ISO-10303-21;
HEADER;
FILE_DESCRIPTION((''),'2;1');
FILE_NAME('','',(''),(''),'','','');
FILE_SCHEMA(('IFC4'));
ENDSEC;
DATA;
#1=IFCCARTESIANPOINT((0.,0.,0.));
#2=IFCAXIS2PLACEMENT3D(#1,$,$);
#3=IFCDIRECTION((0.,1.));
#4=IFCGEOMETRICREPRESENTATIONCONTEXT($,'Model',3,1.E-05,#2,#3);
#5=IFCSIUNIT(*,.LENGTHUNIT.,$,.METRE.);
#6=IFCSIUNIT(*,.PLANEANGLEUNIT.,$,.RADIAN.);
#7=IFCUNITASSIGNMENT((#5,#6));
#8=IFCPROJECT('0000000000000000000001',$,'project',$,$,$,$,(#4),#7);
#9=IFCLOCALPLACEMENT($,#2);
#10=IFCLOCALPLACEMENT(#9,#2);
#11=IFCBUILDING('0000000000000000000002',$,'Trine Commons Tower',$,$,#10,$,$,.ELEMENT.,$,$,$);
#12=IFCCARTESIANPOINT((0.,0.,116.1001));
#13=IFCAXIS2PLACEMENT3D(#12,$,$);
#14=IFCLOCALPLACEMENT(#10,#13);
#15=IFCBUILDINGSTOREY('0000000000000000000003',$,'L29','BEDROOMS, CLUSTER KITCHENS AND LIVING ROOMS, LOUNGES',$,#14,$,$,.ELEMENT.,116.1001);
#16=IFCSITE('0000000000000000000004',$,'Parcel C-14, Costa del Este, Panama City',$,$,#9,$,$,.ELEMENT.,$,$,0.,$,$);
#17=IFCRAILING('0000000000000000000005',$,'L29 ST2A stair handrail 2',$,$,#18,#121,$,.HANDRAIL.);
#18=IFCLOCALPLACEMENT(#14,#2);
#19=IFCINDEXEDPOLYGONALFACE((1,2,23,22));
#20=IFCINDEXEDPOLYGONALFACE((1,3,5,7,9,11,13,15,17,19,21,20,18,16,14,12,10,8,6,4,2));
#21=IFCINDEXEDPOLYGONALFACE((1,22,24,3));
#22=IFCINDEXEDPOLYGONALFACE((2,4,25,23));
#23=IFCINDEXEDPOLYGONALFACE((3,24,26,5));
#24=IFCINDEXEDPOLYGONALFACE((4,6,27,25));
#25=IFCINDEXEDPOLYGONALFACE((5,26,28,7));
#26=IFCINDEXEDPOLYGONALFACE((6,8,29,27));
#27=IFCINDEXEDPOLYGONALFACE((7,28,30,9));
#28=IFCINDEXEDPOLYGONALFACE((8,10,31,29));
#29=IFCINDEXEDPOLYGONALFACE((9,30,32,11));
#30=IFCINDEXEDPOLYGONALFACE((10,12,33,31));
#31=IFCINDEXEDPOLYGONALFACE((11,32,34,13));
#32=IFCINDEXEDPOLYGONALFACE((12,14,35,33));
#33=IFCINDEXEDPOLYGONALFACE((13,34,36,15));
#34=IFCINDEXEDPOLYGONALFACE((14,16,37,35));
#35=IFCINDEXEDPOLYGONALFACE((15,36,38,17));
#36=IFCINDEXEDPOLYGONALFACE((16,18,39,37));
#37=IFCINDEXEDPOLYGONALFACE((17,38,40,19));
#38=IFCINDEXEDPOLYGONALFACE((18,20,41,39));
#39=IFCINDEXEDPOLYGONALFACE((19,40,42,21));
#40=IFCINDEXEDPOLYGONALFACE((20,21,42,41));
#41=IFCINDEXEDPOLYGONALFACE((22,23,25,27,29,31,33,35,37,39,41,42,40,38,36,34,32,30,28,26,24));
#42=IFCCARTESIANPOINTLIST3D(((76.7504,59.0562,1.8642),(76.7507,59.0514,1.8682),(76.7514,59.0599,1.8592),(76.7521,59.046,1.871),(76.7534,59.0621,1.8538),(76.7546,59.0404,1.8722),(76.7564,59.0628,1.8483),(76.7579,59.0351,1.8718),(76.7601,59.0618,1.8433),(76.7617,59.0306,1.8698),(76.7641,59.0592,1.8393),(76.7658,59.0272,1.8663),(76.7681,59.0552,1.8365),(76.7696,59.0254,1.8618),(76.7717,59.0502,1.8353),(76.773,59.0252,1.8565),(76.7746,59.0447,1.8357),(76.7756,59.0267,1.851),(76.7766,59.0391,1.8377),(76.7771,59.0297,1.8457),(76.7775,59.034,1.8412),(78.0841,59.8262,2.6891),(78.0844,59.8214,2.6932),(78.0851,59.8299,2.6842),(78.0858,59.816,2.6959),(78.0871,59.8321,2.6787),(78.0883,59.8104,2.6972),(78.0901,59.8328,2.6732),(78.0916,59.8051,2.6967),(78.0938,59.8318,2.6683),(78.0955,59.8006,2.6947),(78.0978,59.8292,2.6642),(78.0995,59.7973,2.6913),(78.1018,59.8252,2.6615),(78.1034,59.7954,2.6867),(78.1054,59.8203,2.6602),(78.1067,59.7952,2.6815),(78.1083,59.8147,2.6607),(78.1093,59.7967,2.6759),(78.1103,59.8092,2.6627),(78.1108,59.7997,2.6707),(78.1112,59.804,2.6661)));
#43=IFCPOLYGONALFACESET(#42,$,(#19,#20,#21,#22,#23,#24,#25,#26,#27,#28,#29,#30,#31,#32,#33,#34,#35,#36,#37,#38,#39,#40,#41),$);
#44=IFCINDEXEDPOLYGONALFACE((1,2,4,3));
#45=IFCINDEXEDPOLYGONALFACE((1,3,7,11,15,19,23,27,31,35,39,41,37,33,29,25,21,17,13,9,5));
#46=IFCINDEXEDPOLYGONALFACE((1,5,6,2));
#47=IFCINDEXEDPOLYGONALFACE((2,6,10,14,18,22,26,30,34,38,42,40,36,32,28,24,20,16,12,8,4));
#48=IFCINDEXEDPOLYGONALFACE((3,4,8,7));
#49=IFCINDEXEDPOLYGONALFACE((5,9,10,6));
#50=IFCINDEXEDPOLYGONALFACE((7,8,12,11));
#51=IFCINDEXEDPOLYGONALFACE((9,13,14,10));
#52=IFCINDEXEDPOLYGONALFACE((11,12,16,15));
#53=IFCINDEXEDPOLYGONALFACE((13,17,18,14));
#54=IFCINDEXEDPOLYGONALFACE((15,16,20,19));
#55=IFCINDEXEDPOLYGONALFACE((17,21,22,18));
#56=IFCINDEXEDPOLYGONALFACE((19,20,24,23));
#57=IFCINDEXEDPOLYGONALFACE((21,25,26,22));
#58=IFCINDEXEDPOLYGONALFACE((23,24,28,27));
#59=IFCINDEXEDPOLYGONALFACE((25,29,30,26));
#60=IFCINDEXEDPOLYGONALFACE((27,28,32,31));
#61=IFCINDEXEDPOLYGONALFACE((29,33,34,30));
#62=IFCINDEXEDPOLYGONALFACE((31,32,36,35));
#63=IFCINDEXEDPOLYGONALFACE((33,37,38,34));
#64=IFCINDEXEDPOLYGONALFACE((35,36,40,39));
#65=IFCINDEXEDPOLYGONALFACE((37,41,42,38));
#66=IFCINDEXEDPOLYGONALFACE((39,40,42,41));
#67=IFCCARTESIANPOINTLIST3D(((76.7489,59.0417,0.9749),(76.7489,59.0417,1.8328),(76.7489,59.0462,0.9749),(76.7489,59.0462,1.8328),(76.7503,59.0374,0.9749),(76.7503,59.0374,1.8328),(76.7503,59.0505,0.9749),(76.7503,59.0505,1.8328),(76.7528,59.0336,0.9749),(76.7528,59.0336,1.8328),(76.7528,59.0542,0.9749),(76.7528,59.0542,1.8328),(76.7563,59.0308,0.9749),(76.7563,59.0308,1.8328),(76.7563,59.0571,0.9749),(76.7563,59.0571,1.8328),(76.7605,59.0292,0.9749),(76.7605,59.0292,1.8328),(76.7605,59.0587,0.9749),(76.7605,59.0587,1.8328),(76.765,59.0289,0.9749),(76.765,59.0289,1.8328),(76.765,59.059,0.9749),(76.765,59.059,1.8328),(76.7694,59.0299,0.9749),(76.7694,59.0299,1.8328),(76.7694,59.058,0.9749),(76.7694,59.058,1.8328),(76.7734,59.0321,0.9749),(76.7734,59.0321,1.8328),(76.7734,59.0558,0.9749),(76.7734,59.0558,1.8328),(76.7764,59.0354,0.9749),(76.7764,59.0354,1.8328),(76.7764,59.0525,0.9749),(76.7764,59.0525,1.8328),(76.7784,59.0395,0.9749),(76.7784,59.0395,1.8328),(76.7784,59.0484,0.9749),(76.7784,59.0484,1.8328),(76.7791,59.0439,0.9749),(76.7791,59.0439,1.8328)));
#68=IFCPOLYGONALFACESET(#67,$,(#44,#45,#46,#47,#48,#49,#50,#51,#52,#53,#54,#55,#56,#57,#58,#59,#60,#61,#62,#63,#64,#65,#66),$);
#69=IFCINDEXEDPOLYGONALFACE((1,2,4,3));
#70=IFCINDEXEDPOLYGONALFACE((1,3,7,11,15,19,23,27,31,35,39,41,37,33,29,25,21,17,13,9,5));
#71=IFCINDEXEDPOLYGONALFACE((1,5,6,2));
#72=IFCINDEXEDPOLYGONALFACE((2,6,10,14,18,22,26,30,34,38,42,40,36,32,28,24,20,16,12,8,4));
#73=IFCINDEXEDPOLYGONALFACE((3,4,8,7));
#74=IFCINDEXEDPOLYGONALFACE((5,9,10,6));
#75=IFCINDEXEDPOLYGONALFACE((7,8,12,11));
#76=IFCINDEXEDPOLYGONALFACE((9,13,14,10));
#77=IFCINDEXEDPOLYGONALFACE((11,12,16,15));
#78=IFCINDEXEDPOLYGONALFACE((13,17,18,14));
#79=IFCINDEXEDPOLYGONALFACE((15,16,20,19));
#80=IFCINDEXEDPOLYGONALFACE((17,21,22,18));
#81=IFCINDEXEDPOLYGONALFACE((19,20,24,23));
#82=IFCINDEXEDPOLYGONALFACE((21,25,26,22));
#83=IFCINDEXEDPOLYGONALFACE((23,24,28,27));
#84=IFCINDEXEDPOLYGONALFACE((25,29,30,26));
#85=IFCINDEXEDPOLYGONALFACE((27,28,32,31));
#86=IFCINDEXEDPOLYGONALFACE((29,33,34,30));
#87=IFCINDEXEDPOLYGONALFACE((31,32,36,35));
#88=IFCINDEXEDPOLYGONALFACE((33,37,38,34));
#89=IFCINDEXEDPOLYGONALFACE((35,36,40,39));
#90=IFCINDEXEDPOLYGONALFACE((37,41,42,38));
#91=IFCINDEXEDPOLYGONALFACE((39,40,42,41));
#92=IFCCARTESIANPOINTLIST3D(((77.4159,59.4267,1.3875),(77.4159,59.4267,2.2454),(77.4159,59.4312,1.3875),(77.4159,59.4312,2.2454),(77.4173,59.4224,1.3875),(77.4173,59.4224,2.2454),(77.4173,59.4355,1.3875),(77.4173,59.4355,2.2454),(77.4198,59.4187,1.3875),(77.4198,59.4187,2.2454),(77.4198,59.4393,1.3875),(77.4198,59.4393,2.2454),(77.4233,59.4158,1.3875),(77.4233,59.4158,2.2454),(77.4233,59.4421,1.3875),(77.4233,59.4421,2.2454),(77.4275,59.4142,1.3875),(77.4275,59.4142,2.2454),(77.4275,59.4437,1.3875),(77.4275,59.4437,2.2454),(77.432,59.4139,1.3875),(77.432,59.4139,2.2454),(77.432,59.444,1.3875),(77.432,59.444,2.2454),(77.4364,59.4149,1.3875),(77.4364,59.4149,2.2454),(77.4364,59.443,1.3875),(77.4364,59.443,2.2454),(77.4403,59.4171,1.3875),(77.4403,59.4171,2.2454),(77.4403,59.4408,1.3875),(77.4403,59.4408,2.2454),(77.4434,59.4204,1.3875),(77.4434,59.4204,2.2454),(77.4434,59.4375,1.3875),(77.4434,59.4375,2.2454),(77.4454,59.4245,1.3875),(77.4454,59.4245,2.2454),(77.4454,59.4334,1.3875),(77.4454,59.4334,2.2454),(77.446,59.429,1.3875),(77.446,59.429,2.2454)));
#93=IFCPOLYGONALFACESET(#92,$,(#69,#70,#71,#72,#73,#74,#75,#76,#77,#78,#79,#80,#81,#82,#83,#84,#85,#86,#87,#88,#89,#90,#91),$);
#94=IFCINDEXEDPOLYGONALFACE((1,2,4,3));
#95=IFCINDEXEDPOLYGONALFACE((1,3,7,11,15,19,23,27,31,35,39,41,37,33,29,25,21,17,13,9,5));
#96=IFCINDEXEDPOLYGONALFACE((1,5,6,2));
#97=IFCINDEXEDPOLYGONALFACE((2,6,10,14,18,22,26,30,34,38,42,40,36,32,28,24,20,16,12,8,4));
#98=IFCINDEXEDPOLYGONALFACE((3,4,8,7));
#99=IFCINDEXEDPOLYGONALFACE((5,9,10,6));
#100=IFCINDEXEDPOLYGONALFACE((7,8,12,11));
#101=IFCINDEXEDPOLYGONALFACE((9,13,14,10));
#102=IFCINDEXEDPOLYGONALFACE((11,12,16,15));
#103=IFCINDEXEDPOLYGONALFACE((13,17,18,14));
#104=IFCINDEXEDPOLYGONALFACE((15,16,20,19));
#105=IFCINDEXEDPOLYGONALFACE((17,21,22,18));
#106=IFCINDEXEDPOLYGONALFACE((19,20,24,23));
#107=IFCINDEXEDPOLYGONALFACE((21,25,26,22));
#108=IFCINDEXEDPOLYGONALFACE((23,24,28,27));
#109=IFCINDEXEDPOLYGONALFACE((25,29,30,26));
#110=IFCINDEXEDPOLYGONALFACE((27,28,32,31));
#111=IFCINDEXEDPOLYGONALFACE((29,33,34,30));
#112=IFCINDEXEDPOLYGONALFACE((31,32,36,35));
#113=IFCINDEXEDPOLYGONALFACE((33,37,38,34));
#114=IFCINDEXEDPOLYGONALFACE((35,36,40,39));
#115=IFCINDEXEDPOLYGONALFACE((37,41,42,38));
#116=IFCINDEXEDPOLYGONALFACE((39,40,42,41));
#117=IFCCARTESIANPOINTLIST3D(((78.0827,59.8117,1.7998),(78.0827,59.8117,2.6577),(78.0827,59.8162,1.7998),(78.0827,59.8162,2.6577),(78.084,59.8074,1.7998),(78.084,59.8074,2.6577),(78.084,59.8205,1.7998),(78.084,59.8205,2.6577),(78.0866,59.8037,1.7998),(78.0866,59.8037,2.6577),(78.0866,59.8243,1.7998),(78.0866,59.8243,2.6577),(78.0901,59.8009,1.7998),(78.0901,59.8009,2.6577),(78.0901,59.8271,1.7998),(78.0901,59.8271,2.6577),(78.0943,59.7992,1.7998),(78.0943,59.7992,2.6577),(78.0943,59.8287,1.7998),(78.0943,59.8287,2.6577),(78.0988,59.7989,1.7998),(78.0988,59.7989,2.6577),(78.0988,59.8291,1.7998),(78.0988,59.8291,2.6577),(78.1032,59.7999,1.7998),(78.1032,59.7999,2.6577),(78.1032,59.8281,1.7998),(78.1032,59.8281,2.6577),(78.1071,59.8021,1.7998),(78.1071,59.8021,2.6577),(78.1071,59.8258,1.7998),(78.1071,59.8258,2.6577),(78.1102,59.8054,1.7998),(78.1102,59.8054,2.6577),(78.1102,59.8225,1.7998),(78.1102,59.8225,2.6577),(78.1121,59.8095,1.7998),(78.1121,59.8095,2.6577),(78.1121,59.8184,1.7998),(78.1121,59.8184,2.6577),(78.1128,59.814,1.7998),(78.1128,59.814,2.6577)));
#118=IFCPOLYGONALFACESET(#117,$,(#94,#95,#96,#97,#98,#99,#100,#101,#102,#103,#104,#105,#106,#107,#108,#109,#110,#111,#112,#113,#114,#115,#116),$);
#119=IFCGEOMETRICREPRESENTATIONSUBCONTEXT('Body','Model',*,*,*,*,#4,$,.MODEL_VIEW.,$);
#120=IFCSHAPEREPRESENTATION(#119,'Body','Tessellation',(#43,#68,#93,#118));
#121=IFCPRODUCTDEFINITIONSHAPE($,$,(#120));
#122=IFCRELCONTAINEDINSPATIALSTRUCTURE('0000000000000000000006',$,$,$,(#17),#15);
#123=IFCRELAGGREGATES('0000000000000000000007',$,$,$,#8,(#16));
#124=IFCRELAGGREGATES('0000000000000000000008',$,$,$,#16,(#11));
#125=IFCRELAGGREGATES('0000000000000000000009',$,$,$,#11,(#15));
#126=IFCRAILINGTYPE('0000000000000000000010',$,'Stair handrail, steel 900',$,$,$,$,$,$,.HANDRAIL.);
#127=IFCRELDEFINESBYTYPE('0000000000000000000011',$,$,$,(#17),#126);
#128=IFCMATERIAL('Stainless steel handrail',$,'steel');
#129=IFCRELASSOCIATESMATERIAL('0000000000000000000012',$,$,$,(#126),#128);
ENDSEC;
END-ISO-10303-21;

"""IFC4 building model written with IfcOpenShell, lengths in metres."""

from ifc_helpers import new_model, si_unit, direction, frame, origin, origin_2d, place, context, subcontext, project, spatial, circle, extrude, material, type_object, element, save


model = new_model("IFC4")

# Units and contexts
model_context = context("Model", 3, precision=1e-05, world=origin(), true_north=direction((0.0, 1.0)))
body_context = subcontext(model_context, "Body", "Model", "MODEL_VIEW")
ifc_project = project(units=[si_unit("LENGTHUNIT", "METRE"), si_unit("PLANEANGLEUNIT", "RADIAN")], contexts=[model_context])

# Site, building, storey
site_placement = place(None, origin())
site = spatial("IfcSite", under=ifc_project, at=site_placement, Name="Parcel C-14, Costa del Este, Panama City", CompositionType="ELEMENT", RefElevation=0.0)
building_placement = place(site_placement, origin())
building = spatial("IfcBuilding", under=site, at=building_placement, Name="Trine Commons Tower", CompositionType="ELEMENT")
storey_placement = place(building_placement, frame((0.0, 0.0, 116.1001)))
storey = spatial("IfcBuildingStorey", under=building, at=storey_placement, Name="L29", Description="BEDROOMS, CLUSTER KITCHENS AND LIVING ROOMS, LOUNGES", CompositionType="ELEMENT", Elevation=116.1001)

# Railing
ifc_material_1 = material(Name="Stainless steel handrail", Category="steel")
railing_type_1 = type_object("IfcRailingType", Name="Stair handrail, steel 900", PredefinedType="HANDRAIL", material=ifc_material_1)
railing_1_placement = place(storey_placement, frame((76.7639, 59.0439, 0.9749)))
element("IfcRailing", 1, at=railing_1_placement, inside=storey, type_object=railing_type_1, Name="L29 ST2A stair handrail 2", PredefinedType="HANDRAIL", context=body_context, shape_type="SweptSolid", body=[
    extrude(circle(Radius=0.021, at=origin_2d()), frame((0.0, 0.0, 0.8789), z_axis=(0.763405, 0.440743, 0.472185), x_axis=(-0.499992, 0.86603, 0.0)), (0.0, 0.0, 1.0), 1.7471),
    extrude(circle(Radius=0.0151, at=origin_2d()), origin(), (0.0, 0.0, 1.0), 0.8579),
    extrude(circle(Radius=0.0151, at=origin_2d()), frame((0.667, 0.385, 0.4126)), (0.0, 0.0, 1.0), 0.8579),
    extrude(circle(Radius=0.0151, at=origin_2d()), frame((1.3337, 0.77, 0.825)), (0.0, 0.0, 1.0), 0.8579),
])

save(model, "model.ifc")
